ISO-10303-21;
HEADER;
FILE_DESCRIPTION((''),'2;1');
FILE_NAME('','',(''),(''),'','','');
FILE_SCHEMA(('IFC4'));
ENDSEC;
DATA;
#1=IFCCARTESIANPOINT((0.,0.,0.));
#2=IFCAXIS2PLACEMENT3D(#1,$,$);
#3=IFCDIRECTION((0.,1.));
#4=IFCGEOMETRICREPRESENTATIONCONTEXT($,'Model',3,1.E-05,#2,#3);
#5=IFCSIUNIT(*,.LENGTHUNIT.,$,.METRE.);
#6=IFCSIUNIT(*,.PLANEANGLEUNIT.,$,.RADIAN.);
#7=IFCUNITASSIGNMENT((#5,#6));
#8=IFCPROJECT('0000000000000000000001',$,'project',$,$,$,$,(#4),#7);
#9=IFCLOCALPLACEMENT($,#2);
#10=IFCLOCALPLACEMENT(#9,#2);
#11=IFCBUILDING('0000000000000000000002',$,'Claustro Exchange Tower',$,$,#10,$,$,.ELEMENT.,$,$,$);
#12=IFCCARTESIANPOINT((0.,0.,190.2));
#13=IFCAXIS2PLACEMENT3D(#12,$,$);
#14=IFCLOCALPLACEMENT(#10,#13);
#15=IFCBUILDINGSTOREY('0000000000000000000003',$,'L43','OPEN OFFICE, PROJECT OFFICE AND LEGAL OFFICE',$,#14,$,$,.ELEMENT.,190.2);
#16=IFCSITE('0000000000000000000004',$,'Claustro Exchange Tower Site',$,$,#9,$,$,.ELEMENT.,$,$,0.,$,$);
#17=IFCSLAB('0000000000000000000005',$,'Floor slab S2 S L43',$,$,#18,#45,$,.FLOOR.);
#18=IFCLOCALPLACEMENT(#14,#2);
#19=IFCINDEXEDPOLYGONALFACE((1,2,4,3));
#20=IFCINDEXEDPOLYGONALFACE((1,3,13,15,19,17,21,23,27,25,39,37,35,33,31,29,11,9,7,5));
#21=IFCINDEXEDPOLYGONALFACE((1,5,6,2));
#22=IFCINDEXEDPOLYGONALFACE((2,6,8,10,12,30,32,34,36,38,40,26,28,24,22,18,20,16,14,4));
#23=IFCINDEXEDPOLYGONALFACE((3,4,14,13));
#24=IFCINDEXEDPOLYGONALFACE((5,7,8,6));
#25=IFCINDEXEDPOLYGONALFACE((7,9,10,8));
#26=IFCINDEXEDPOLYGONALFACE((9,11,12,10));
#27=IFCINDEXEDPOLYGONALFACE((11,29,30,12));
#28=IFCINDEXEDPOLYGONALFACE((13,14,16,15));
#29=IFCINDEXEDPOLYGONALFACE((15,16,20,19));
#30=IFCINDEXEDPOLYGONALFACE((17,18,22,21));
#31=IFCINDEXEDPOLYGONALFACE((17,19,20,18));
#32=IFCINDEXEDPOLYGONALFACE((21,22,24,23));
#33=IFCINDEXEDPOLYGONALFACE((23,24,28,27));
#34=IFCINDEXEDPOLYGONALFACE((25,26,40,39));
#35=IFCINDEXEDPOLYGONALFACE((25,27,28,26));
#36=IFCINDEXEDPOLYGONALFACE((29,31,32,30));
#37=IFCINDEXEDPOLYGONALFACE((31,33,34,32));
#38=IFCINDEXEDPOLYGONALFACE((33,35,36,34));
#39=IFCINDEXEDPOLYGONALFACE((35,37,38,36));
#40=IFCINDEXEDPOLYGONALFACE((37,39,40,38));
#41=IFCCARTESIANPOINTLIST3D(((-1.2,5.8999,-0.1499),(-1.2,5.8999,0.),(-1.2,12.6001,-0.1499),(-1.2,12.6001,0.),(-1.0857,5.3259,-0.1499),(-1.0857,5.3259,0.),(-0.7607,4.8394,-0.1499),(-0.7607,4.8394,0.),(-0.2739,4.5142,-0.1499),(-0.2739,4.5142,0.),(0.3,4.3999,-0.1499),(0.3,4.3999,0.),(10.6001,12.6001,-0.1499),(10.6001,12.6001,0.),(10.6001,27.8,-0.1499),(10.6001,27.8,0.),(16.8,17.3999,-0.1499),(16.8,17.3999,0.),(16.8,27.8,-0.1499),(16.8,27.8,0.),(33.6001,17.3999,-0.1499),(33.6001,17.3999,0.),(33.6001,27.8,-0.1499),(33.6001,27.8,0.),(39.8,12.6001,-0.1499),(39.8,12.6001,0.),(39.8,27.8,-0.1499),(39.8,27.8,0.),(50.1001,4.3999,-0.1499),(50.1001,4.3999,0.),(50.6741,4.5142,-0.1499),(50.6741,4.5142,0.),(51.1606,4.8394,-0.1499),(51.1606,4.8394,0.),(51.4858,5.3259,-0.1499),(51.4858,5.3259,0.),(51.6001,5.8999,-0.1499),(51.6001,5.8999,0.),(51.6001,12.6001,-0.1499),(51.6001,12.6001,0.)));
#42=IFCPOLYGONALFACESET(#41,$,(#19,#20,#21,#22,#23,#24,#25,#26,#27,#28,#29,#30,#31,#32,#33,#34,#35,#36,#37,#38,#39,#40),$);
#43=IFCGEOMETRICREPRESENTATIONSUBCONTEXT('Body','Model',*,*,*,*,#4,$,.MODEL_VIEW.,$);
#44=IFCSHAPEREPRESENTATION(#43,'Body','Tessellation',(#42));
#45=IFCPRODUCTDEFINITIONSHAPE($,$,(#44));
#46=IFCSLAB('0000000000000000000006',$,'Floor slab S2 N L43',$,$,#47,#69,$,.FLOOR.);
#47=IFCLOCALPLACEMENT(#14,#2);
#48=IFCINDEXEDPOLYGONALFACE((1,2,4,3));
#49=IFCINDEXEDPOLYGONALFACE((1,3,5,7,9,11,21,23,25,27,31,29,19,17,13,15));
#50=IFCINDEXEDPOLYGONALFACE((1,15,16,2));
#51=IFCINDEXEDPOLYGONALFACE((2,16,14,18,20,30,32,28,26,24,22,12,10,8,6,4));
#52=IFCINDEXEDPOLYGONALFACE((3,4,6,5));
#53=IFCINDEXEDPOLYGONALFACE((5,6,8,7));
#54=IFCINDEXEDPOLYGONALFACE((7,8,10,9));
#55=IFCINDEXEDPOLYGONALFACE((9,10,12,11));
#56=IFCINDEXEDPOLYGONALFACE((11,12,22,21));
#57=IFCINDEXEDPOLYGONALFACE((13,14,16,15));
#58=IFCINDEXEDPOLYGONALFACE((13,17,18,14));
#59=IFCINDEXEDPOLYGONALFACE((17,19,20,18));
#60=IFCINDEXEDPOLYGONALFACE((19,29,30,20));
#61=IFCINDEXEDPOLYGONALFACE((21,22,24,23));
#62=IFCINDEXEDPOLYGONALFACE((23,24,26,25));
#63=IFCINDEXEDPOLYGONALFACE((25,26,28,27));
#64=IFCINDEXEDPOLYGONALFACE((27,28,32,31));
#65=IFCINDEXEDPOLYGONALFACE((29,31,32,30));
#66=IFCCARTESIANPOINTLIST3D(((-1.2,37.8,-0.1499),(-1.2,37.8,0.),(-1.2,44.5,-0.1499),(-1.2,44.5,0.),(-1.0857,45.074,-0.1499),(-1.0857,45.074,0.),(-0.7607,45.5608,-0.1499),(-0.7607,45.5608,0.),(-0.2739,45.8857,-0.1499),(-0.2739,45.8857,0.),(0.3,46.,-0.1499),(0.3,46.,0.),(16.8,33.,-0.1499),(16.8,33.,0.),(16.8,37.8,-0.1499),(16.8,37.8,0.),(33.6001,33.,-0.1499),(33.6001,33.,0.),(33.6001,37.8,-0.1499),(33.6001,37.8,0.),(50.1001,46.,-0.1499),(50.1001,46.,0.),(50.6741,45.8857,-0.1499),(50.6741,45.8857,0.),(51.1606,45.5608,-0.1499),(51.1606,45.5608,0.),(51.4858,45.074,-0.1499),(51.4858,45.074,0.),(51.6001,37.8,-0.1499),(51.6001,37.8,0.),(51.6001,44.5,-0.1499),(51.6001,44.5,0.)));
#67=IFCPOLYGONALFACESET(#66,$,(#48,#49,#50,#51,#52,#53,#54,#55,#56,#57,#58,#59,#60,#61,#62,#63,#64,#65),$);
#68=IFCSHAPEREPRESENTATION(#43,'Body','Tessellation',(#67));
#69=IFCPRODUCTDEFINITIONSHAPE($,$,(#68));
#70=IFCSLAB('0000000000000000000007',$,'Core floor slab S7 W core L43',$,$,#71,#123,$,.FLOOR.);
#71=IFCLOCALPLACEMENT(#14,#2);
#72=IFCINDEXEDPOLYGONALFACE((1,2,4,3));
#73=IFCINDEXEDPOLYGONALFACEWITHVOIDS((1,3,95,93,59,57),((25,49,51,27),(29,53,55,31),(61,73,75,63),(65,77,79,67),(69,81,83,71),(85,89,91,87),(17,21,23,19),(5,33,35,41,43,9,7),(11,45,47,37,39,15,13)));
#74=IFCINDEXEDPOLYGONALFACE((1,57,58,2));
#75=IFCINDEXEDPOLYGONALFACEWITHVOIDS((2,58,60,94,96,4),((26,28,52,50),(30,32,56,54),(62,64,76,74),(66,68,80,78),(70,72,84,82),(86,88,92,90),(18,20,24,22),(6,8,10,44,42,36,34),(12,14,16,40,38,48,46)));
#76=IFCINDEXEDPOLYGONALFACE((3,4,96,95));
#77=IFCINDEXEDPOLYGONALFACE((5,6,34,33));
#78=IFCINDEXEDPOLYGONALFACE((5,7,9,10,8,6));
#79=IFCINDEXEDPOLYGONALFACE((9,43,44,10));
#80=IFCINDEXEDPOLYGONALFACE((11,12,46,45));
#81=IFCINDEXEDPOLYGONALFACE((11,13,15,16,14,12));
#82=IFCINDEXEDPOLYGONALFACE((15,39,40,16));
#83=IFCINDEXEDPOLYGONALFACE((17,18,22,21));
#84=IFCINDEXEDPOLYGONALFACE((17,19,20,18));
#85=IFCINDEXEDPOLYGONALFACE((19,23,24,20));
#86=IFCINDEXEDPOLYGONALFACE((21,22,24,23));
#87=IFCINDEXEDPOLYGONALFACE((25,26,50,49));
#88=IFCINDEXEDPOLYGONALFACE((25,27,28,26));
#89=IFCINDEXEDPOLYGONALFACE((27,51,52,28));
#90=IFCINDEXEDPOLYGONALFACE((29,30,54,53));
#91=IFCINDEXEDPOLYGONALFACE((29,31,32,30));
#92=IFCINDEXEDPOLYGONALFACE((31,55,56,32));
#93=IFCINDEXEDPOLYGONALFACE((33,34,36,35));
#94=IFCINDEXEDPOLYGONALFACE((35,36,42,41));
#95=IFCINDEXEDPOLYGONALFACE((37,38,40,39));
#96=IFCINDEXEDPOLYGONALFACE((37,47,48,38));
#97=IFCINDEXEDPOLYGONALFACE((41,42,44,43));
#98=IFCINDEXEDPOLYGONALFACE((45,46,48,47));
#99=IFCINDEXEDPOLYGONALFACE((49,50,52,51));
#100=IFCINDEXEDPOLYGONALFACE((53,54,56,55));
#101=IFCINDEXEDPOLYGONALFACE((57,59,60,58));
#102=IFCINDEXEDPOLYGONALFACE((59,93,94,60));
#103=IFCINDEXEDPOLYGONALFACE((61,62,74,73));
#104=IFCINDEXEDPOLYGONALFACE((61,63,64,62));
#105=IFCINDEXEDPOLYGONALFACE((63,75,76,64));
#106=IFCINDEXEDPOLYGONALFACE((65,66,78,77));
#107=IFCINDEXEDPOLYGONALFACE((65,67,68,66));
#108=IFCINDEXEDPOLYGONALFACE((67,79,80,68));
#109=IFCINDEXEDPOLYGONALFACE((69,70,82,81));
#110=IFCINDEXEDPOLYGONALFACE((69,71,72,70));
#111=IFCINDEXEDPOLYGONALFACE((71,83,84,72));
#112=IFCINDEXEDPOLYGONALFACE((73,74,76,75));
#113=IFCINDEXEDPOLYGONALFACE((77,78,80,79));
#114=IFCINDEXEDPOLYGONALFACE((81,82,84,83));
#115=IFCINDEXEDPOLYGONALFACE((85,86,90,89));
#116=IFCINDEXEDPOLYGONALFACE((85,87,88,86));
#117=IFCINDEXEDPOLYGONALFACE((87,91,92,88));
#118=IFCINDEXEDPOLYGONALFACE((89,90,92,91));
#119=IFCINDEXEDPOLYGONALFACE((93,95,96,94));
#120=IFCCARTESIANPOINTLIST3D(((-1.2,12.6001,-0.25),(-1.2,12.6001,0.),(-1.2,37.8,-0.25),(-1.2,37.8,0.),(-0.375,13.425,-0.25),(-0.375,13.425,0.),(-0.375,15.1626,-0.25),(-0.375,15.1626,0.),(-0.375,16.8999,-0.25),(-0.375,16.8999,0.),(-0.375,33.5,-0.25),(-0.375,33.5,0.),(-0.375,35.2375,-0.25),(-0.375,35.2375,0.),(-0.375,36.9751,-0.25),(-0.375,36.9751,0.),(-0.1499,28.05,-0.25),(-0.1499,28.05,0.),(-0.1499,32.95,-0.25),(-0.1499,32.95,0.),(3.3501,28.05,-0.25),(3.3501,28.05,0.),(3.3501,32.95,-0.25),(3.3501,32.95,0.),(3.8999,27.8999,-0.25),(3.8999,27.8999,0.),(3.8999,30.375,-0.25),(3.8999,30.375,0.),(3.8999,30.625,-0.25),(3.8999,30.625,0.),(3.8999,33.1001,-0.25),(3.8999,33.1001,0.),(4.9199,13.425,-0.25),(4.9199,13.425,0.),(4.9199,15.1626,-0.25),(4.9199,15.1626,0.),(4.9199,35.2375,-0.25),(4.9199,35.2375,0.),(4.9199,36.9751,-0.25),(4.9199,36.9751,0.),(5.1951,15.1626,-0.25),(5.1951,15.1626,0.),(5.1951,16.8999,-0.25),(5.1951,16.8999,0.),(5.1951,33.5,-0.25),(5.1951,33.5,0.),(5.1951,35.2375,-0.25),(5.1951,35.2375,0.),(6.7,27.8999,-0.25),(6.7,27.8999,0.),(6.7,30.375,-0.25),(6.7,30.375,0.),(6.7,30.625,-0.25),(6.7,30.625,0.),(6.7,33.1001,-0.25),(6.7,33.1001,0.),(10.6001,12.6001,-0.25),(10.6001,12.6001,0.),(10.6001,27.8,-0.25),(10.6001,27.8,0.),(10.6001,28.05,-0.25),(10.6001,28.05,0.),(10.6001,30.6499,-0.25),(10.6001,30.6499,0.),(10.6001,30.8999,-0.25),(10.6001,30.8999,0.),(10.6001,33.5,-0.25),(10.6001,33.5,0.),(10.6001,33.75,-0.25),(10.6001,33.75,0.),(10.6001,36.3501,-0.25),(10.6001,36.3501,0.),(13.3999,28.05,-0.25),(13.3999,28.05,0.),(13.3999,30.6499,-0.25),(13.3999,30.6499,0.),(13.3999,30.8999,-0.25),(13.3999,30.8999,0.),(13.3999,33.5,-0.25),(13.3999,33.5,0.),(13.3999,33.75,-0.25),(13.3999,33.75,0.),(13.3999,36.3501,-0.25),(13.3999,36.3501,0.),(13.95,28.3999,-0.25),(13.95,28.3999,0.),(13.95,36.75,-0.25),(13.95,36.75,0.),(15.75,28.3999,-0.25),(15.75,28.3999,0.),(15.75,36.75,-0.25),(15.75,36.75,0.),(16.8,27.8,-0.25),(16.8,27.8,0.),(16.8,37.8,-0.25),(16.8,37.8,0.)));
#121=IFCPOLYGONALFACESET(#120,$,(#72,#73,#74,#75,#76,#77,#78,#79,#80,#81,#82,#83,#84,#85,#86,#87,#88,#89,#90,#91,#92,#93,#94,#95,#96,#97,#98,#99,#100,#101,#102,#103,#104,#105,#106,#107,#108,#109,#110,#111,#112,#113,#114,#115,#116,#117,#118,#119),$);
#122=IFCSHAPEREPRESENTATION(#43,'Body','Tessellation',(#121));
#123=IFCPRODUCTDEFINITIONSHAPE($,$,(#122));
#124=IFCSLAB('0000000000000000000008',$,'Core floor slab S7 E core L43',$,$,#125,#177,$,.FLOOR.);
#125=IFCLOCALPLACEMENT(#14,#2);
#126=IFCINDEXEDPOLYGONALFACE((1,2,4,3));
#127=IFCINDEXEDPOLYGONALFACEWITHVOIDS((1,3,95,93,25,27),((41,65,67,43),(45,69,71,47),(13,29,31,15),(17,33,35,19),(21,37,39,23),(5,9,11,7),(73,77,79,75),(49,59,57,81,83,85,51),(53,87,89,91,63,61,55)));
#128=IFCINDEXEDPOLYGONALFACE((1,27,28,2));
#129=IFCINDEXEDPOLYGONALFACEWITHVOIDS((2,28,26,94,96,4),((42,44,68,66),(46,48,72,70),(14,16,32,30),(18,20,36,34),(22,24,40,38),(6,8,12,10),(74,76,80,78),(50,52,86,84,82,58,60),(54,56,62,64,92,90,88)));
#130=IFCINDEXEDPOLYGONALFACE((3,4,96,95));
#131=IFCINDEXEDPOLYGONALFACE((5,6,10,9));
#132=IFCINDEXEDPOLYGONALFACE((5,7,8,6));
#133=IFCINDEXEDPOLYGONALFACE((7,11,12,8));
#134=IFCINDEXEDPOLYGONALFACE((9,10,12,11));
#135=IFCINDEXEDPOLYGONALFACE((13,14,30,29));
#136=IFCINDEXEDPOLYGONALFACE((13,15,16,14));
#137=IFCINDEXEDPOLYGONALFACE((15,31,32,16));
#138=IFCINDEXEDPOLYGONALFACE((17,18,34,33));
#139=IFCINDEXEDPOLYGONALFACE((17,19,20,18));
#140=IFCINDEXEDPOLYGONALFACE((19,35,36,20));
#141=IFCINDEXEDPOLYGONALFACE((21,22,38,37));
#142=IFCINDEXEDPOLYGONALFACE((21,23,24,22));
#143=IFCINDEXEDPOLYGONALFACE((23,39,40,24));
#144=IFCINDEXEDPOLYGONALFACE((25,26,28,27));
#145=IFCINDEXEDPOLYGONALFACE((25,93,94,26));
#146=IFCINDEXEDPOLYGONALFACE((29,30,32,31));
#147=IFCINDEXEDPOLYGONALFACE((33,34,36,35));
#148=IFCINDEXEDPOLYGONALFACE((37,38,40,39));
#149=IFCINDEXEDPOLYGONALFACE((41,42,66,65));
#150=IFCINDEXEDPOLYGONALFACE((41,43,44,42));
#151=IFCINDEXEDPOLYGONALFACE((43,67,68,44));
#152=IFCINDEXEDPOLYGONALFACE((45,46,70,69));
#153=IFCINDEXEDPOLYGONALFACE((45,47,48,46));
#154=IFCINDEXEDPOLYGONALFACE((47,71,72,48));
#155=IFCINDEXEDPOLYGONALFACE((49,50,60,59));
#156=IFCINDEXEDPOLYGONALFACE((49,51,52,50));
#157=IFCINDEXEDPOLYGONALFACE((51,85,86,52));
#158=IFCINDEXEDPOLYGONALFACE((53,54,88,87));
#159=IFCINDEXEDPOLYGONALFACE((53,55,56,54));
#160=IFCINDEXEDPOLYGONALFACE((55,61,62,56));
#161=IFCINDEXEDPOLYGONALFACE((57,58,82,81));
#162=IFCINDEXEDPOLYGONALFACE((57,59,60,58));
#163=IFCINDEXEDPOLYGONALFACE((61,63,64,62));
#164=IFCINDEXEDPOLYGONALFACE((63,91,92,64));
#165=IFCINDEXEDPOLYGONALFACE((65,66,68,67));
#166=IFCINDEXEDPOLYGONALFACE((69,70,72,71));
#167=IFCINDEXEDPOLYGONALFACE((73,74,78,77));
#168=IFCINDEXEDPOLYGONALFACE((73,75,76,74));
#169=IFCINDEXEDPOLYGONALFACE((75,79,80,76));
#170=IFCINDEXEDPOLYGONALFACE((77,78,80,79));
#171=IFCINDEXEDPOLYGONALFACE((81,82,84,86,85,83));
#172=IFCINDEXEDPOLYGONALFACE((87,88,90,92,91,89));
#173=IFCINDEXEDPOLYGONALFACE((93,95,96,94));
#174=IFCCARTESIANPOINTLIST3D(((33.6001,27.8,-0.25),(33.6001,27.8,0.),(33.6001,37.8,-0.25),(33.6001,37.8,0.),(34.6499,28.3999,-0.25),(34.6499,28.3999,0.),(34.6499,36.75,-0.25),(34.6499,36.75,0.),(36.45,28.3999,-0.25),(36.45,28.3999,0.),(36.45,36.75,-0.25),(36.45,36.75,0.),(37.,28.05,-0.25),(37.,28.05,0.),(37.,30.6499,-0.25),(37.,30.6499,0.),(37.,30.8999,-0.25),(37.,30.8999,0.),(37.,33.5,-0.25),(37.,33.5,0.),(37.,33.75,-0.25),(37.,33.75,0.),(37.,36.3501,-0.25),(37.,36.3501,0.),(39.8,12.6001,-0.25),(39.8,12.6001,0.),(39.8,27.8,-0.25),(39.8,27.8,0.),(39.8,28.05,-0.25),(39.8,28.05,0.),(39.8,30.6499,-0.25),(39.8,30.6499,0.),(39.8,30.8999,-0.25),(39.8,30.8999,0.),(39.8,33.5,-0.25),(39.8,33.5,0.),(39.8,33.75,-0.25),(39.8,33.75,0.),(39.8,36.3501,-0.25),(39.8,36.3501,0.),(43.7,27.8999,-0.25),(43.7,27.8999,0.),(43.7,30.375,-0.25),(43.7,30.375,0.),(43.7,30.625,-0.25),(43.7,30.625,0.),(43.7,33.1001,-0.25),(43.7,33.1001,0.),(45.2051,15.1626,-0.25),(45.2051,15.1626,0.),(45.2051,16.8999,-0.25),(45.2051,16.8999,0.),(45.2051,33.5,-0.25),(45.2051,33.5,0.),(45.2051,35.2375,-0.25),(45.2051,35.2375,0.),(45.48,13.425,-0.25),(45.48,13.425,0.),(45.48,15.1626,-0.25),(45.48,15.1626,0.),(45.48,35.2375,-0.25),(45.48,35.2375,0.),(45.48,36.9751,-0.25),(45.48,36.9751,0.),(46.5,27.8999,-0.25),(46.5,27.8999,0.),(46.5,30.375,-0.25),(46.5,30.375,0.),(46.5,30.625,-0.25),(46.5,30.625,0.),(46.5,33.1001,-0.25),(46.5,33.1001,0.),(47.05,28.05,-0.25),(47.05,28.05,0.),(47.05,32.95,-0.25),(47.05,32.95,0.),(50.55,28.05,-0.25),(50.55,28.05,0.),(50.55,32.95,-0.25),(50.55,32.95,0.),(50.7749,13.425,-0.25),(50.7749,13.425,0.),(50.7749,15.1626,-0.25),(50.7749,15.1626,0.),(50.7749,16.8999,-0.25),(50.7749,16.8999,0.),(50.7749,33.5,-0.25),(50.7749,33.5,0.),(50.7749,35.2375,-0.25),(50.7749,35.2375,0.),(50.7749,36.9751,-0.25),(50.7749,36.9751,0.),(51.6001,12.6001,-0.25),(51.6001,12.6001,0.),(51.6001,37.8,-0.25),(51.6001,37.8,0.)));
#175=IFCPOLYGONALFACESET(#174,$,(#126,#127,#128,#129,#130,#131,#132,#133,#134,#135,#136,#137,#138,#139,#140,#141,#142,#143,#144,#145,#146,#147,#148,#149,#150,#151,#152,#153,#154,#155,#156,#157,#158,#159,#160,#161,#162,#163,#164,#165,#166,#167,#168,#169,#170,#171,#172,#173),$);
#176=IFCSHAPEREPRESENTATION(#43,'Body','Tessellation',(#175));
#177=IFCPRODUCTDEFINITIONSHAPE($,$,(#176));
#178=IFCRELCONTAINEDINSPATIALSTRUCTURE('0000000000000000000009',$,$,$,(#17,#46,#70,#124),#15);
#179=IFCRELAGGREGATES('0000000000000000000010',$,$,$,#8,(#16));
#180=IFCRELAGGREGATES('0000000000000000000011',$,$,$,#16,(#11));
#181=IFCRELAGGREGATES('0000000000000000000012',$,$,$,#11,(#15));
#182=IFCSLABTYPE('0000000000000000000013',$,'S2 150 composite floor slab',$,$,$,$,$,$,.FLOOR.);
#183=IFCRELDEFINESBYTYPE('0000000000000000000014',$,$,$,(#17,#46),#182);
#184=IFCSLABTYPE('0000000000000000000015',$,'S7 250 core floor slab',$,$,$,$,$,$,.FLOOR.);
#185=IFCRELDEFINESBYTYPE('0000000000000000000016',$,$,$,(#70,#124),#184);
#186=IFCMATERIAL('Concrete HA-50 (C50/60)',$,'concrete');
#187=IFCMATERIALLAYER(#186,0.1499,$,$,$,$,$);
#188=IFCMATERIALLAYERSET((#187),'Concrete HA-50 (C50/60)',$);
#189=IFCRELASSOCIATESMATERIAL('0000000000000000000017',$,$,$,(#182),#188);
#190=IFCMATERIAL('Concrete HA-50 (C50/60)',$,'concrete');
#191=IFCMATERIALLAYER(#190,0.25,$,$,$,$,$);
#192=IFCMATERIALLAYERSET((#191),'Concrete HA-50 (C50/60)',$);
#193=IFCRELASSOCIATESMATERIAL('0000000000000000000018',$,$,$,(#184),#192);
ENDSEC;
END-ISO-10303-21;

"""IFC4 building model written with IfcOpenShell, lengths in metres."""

from ifc_helpers import new_model, si_unit, direction, frame, origin, place, context, subcontext, project, spatial, polyline, outline, extrude, material, layer, layer_set, type_object, element, save


model = new_model("IFC4")

# Units and contexts
model_context = context("Model", 3, precision=1e-05, world=origin(), true_north=direction((0.0, 1.0)))
body_context = subcontext(model_context, "Body", "Model", "MODEL_VIEW")
ifc_project = project(units=[si_unit("LENGTHUNIT", "METRE"), si_unit("PLANEANGLEUNIT", "RADIAN")], contexts=[model_context])

# Site, building, storey
site_placement = place(None, origin())
site = spatial("IfcSite", under=ifc_project, at=site_placement, Name="Claustro Exchange Tower Site", CompositionType="ELEMENT", RefElevation=0.0)
building_placement = place(site_placement, origin())
building = spatial("IfcBuilding", under=site, at=building_placement, Name="Claustro Exchange Tower", CompositionType="ELEMENT")
storey_placement = place(building_placement, frame((0.0, 0.0, 190.2)))
storey = spatial("IfcBuildingStorey", under=building, at=storey_placement, Name="L43", Description="OPEN OFFICE, PROJECT OFFICE AND LEGAL OFFICE", CompositionType="ELEMENT", Elevation=190.2)

# Slabs
ifc_material_1 = material(Name="Concrete HA-50 (C50/60)", Category="concrete")
ifc_layer_1 = layer(ifc_material_1, 0.1499)
ifc_layer_set_1 = layer_set([ifc_layer_1], Name="Concrete HA-50 (C50/60)")
slab_type_1 = type_object("IfcSlabType", Name="S2 150 composite floor slab", PredefinedType="FLOOR", material=ifc_layer_set_1)
slab_1_placement = place(storey_placement, frame((0.0, 0.0, -0.1499)))
element("IfcSlab", 1, at=slab_1_placement, inside=storey, type_object=slab_type_1, Name="Floor slab S2 S L43", PredefinedType="FLOOR", context=body_context, shape_type="SweptSolid", body=[
    extrude(outline(polyline([(-0.2739, 4.5142), (0.3, 4.3999), (50.1001, 4.3999), (50.6741, 4.5142), (51.1606, 4.8394), (51.4858, 5.3259), (51.6001, 5.8999), (51.6001, 12.6001), (39.8, 12.6001), (39.8, 27.8), (33.6001, 27.8), (33.6001, 17.3999), (16.8, 17.3999), (16.8, 27.8), (10.6001, 27.8), (10.6001, 12.6001), (-1.2, 12.6001), (-1.2, 5.8999), (-1.0857, 5.3259), (-0.7607, 4.8394), (-0.2739, 4.5142)])), origin(), (0.0, 0.0, 1.0), 0.1499),
])
slab_2_placement = place(storey_placement, frame((0.0, 0.0, -0.1499)))
element("IfcSlab", 2, at=slab_2_placement, inside=storey, type_object=slab_type_1, Name="Floor slab S2 N L43", PredefinedType="FLOOR", context=body_context, shape_type="SweptSolid", body=[
    extrude(outline(polyline([(16.8, 37.8), (16.8, 33.0), (33.6001, 33.0), (33.6001, 37.8), (51.6001, 37.8), (51.6001, 44.5), (51.4858, 45.074), (51.1606, 45.5608), (50.6741, 45.8857), (50.1001, 46.0), (0.3, 46.0), (-0.2739, 45.8857), (-0.7607, 45.5608), (-1.0857, 45.074), (-1.2, 44.5), (-1.2, 37.8), (16.8, 37.8)])), origin(), (0.0, 0.0, 1.0), 0.1499),
])
ifc_material_2 = material(Name="Concrete HA-50 (C50/60)", Category="concrete")
ifc_layer_2 = layer(ifc_material_2, 0.25)
ifc_layer_set_2 = layer_set([ifc_layer_2], Name="Concrete HA-50 (C50/60)")
slab_type_2 = type_object("IfcSlabType", Name="S7 250 core floor slab", PredefinedType="FLOOR", material=ifc_layer_set_2)
slab_3_placement = place(storey_placement, frame((0.0, 0.0, -0.25)))
element("IfcSlab", 3, at=slab_3_placement, inside=storey, type_object=slab_type_2, Name="Core floor slab S7 W core L43", PredefinedType="FLOOR", context=body_context, shape_type="SweptSolid", body=[
    extrude(outline(polyline([(-1.2, 37.8), (-1.2, 12.6001), (10.6001, 12.6001), (10.6001, 27.8), (16.8, 27.8), (16.8, 37.8), (-1.2, 37.8)]), holes=[polyline([(13.95, 36.75), (15.75, 36.75), (15.75, 28.3999), (13.95, 28.3999), (13.95, 36.75)]), polyline([(10.6001, 30.6499), (13.3999, 30.6499), (13.3999, 28.05), (10.6001, 28.05), (10.6001, 30.6499)]), polyline([(10.6001, 33.5), (13.3999, 33.5), (13.3999, 30.8999), (10.6001, 30.8999), (10.6001, 33.5)]), polyline([(13.3999, 36.3501), (13.3999, 33.75), (10.6001, 33.75), (10.6001, 36.3501), (13.3999, 36.3501)]), polyline([(3.8999, 30.375), (6.7, 30.375), (6.7, 27.8999), (3.8999, 27.8999), (3.8999, 30.375)]), polyline([(3.8999, 33.1001), (6.7, 33.1001), (6.7, 30.625), (3.8999, 30.625), (3.8999, 33.1001)]), polyline([(-0.375, 15.1626), (-0.375, 16.8999), (5.1951, 16.8999), (5.1951, 15.1626), (4.9199, 15.1626), (4.9199, 13.425), (-0.375, 13.425), (-0.375, 15.1626)]), polyline([(-0.375, 35.2375), (-0.375, 36.9751), (4.9199, 36.9751), (4.9199, 35.2375), (5.1951, 35.2375), (5.1951, 33.5), (-0.375, 33.5), (-0.375, 35.2375)]), polyline([(-0.1499, 32.95), (3.3501, 32.95), (3.3501, 28.05), (-0.1499, 28.05), (-0.1499, 32.95)])]), origin(), (0.0, 0.0, 1.0), 0.25),
])
slab_4_placement = place(storey_placement, frame((0.0, 0.0, -0.25)))
element("IfcSlab", 4, at=slab_4_placement, inside=storey, type_object=slab_type_2, Name="Core floor slab S7 E core L43", PredefinedType="FLOOR", context=body_context, shape_type="SweptSolid", body=[
    extrude(outline(polyline([(51.6001, 37.8), (33.6001, 37.8), (33.6001, 27.8), (39.8, 27.8), (39.8, 12.6001), (51.6001, 12.6001), (51.6001, 37.8)]), holes=[polyline([(45.48, 15.1626), (45.2051, 15.1626), (45.2051, 16.8999), (50.7749, 16.8999), (50.7749, 15.1626), (50.7749, 13.425), (45.48, 13.425), (45.48, 15.1626)]), polyline([(45.48, 35.2375), (45.48, 36.9751), (50.7749, 36.9751), (50.7749, 35.2375), (50.7749, 33.5), (45.2051, 33.5), (45.2051, 35.2375), (45.48, 35.2375)]), polyline([(47.05, 32.95), (50.55, 32.95), (50.55, 28.05), (47.05, 28.05), (47.05, 32.95)]), polyline([(43.7, 30.375), (46.5, 30.375), (46.5, 27.8999), (43.7, 27.8999), (43.7, 30.375)]), polyline([(43.7, 33.1001), (46.5, 33.1001), (46.5, 30.625), (43.7, 30.625), (43.7, 33.1001)]), polyline([(37.0, 30.6499), (39.8, 30.6499), (39.8, 28.05), (37.0, 28.05), (37.0, 30.6499)]), polyline([(37.0, 33.5), (39.8, 33.5), (39.8, 30.8999), (37.0, 30.8999), (37.0, 33.5)]), polyline([(39.8, 36.3501), (39.8, 33.75), (37.0, 33.75), (37.0, 36.3501), (39.8, 36.3501)]), polyline([(34.6499, 36.75), (36.45, 36.75), (36.45, 28.3999), (34.6499, 28.3999), (34.6499, 36.75)])]), origin(), (0.0, 0.0, 1.0), 0.25),
])

save(model, "model.ifc")
